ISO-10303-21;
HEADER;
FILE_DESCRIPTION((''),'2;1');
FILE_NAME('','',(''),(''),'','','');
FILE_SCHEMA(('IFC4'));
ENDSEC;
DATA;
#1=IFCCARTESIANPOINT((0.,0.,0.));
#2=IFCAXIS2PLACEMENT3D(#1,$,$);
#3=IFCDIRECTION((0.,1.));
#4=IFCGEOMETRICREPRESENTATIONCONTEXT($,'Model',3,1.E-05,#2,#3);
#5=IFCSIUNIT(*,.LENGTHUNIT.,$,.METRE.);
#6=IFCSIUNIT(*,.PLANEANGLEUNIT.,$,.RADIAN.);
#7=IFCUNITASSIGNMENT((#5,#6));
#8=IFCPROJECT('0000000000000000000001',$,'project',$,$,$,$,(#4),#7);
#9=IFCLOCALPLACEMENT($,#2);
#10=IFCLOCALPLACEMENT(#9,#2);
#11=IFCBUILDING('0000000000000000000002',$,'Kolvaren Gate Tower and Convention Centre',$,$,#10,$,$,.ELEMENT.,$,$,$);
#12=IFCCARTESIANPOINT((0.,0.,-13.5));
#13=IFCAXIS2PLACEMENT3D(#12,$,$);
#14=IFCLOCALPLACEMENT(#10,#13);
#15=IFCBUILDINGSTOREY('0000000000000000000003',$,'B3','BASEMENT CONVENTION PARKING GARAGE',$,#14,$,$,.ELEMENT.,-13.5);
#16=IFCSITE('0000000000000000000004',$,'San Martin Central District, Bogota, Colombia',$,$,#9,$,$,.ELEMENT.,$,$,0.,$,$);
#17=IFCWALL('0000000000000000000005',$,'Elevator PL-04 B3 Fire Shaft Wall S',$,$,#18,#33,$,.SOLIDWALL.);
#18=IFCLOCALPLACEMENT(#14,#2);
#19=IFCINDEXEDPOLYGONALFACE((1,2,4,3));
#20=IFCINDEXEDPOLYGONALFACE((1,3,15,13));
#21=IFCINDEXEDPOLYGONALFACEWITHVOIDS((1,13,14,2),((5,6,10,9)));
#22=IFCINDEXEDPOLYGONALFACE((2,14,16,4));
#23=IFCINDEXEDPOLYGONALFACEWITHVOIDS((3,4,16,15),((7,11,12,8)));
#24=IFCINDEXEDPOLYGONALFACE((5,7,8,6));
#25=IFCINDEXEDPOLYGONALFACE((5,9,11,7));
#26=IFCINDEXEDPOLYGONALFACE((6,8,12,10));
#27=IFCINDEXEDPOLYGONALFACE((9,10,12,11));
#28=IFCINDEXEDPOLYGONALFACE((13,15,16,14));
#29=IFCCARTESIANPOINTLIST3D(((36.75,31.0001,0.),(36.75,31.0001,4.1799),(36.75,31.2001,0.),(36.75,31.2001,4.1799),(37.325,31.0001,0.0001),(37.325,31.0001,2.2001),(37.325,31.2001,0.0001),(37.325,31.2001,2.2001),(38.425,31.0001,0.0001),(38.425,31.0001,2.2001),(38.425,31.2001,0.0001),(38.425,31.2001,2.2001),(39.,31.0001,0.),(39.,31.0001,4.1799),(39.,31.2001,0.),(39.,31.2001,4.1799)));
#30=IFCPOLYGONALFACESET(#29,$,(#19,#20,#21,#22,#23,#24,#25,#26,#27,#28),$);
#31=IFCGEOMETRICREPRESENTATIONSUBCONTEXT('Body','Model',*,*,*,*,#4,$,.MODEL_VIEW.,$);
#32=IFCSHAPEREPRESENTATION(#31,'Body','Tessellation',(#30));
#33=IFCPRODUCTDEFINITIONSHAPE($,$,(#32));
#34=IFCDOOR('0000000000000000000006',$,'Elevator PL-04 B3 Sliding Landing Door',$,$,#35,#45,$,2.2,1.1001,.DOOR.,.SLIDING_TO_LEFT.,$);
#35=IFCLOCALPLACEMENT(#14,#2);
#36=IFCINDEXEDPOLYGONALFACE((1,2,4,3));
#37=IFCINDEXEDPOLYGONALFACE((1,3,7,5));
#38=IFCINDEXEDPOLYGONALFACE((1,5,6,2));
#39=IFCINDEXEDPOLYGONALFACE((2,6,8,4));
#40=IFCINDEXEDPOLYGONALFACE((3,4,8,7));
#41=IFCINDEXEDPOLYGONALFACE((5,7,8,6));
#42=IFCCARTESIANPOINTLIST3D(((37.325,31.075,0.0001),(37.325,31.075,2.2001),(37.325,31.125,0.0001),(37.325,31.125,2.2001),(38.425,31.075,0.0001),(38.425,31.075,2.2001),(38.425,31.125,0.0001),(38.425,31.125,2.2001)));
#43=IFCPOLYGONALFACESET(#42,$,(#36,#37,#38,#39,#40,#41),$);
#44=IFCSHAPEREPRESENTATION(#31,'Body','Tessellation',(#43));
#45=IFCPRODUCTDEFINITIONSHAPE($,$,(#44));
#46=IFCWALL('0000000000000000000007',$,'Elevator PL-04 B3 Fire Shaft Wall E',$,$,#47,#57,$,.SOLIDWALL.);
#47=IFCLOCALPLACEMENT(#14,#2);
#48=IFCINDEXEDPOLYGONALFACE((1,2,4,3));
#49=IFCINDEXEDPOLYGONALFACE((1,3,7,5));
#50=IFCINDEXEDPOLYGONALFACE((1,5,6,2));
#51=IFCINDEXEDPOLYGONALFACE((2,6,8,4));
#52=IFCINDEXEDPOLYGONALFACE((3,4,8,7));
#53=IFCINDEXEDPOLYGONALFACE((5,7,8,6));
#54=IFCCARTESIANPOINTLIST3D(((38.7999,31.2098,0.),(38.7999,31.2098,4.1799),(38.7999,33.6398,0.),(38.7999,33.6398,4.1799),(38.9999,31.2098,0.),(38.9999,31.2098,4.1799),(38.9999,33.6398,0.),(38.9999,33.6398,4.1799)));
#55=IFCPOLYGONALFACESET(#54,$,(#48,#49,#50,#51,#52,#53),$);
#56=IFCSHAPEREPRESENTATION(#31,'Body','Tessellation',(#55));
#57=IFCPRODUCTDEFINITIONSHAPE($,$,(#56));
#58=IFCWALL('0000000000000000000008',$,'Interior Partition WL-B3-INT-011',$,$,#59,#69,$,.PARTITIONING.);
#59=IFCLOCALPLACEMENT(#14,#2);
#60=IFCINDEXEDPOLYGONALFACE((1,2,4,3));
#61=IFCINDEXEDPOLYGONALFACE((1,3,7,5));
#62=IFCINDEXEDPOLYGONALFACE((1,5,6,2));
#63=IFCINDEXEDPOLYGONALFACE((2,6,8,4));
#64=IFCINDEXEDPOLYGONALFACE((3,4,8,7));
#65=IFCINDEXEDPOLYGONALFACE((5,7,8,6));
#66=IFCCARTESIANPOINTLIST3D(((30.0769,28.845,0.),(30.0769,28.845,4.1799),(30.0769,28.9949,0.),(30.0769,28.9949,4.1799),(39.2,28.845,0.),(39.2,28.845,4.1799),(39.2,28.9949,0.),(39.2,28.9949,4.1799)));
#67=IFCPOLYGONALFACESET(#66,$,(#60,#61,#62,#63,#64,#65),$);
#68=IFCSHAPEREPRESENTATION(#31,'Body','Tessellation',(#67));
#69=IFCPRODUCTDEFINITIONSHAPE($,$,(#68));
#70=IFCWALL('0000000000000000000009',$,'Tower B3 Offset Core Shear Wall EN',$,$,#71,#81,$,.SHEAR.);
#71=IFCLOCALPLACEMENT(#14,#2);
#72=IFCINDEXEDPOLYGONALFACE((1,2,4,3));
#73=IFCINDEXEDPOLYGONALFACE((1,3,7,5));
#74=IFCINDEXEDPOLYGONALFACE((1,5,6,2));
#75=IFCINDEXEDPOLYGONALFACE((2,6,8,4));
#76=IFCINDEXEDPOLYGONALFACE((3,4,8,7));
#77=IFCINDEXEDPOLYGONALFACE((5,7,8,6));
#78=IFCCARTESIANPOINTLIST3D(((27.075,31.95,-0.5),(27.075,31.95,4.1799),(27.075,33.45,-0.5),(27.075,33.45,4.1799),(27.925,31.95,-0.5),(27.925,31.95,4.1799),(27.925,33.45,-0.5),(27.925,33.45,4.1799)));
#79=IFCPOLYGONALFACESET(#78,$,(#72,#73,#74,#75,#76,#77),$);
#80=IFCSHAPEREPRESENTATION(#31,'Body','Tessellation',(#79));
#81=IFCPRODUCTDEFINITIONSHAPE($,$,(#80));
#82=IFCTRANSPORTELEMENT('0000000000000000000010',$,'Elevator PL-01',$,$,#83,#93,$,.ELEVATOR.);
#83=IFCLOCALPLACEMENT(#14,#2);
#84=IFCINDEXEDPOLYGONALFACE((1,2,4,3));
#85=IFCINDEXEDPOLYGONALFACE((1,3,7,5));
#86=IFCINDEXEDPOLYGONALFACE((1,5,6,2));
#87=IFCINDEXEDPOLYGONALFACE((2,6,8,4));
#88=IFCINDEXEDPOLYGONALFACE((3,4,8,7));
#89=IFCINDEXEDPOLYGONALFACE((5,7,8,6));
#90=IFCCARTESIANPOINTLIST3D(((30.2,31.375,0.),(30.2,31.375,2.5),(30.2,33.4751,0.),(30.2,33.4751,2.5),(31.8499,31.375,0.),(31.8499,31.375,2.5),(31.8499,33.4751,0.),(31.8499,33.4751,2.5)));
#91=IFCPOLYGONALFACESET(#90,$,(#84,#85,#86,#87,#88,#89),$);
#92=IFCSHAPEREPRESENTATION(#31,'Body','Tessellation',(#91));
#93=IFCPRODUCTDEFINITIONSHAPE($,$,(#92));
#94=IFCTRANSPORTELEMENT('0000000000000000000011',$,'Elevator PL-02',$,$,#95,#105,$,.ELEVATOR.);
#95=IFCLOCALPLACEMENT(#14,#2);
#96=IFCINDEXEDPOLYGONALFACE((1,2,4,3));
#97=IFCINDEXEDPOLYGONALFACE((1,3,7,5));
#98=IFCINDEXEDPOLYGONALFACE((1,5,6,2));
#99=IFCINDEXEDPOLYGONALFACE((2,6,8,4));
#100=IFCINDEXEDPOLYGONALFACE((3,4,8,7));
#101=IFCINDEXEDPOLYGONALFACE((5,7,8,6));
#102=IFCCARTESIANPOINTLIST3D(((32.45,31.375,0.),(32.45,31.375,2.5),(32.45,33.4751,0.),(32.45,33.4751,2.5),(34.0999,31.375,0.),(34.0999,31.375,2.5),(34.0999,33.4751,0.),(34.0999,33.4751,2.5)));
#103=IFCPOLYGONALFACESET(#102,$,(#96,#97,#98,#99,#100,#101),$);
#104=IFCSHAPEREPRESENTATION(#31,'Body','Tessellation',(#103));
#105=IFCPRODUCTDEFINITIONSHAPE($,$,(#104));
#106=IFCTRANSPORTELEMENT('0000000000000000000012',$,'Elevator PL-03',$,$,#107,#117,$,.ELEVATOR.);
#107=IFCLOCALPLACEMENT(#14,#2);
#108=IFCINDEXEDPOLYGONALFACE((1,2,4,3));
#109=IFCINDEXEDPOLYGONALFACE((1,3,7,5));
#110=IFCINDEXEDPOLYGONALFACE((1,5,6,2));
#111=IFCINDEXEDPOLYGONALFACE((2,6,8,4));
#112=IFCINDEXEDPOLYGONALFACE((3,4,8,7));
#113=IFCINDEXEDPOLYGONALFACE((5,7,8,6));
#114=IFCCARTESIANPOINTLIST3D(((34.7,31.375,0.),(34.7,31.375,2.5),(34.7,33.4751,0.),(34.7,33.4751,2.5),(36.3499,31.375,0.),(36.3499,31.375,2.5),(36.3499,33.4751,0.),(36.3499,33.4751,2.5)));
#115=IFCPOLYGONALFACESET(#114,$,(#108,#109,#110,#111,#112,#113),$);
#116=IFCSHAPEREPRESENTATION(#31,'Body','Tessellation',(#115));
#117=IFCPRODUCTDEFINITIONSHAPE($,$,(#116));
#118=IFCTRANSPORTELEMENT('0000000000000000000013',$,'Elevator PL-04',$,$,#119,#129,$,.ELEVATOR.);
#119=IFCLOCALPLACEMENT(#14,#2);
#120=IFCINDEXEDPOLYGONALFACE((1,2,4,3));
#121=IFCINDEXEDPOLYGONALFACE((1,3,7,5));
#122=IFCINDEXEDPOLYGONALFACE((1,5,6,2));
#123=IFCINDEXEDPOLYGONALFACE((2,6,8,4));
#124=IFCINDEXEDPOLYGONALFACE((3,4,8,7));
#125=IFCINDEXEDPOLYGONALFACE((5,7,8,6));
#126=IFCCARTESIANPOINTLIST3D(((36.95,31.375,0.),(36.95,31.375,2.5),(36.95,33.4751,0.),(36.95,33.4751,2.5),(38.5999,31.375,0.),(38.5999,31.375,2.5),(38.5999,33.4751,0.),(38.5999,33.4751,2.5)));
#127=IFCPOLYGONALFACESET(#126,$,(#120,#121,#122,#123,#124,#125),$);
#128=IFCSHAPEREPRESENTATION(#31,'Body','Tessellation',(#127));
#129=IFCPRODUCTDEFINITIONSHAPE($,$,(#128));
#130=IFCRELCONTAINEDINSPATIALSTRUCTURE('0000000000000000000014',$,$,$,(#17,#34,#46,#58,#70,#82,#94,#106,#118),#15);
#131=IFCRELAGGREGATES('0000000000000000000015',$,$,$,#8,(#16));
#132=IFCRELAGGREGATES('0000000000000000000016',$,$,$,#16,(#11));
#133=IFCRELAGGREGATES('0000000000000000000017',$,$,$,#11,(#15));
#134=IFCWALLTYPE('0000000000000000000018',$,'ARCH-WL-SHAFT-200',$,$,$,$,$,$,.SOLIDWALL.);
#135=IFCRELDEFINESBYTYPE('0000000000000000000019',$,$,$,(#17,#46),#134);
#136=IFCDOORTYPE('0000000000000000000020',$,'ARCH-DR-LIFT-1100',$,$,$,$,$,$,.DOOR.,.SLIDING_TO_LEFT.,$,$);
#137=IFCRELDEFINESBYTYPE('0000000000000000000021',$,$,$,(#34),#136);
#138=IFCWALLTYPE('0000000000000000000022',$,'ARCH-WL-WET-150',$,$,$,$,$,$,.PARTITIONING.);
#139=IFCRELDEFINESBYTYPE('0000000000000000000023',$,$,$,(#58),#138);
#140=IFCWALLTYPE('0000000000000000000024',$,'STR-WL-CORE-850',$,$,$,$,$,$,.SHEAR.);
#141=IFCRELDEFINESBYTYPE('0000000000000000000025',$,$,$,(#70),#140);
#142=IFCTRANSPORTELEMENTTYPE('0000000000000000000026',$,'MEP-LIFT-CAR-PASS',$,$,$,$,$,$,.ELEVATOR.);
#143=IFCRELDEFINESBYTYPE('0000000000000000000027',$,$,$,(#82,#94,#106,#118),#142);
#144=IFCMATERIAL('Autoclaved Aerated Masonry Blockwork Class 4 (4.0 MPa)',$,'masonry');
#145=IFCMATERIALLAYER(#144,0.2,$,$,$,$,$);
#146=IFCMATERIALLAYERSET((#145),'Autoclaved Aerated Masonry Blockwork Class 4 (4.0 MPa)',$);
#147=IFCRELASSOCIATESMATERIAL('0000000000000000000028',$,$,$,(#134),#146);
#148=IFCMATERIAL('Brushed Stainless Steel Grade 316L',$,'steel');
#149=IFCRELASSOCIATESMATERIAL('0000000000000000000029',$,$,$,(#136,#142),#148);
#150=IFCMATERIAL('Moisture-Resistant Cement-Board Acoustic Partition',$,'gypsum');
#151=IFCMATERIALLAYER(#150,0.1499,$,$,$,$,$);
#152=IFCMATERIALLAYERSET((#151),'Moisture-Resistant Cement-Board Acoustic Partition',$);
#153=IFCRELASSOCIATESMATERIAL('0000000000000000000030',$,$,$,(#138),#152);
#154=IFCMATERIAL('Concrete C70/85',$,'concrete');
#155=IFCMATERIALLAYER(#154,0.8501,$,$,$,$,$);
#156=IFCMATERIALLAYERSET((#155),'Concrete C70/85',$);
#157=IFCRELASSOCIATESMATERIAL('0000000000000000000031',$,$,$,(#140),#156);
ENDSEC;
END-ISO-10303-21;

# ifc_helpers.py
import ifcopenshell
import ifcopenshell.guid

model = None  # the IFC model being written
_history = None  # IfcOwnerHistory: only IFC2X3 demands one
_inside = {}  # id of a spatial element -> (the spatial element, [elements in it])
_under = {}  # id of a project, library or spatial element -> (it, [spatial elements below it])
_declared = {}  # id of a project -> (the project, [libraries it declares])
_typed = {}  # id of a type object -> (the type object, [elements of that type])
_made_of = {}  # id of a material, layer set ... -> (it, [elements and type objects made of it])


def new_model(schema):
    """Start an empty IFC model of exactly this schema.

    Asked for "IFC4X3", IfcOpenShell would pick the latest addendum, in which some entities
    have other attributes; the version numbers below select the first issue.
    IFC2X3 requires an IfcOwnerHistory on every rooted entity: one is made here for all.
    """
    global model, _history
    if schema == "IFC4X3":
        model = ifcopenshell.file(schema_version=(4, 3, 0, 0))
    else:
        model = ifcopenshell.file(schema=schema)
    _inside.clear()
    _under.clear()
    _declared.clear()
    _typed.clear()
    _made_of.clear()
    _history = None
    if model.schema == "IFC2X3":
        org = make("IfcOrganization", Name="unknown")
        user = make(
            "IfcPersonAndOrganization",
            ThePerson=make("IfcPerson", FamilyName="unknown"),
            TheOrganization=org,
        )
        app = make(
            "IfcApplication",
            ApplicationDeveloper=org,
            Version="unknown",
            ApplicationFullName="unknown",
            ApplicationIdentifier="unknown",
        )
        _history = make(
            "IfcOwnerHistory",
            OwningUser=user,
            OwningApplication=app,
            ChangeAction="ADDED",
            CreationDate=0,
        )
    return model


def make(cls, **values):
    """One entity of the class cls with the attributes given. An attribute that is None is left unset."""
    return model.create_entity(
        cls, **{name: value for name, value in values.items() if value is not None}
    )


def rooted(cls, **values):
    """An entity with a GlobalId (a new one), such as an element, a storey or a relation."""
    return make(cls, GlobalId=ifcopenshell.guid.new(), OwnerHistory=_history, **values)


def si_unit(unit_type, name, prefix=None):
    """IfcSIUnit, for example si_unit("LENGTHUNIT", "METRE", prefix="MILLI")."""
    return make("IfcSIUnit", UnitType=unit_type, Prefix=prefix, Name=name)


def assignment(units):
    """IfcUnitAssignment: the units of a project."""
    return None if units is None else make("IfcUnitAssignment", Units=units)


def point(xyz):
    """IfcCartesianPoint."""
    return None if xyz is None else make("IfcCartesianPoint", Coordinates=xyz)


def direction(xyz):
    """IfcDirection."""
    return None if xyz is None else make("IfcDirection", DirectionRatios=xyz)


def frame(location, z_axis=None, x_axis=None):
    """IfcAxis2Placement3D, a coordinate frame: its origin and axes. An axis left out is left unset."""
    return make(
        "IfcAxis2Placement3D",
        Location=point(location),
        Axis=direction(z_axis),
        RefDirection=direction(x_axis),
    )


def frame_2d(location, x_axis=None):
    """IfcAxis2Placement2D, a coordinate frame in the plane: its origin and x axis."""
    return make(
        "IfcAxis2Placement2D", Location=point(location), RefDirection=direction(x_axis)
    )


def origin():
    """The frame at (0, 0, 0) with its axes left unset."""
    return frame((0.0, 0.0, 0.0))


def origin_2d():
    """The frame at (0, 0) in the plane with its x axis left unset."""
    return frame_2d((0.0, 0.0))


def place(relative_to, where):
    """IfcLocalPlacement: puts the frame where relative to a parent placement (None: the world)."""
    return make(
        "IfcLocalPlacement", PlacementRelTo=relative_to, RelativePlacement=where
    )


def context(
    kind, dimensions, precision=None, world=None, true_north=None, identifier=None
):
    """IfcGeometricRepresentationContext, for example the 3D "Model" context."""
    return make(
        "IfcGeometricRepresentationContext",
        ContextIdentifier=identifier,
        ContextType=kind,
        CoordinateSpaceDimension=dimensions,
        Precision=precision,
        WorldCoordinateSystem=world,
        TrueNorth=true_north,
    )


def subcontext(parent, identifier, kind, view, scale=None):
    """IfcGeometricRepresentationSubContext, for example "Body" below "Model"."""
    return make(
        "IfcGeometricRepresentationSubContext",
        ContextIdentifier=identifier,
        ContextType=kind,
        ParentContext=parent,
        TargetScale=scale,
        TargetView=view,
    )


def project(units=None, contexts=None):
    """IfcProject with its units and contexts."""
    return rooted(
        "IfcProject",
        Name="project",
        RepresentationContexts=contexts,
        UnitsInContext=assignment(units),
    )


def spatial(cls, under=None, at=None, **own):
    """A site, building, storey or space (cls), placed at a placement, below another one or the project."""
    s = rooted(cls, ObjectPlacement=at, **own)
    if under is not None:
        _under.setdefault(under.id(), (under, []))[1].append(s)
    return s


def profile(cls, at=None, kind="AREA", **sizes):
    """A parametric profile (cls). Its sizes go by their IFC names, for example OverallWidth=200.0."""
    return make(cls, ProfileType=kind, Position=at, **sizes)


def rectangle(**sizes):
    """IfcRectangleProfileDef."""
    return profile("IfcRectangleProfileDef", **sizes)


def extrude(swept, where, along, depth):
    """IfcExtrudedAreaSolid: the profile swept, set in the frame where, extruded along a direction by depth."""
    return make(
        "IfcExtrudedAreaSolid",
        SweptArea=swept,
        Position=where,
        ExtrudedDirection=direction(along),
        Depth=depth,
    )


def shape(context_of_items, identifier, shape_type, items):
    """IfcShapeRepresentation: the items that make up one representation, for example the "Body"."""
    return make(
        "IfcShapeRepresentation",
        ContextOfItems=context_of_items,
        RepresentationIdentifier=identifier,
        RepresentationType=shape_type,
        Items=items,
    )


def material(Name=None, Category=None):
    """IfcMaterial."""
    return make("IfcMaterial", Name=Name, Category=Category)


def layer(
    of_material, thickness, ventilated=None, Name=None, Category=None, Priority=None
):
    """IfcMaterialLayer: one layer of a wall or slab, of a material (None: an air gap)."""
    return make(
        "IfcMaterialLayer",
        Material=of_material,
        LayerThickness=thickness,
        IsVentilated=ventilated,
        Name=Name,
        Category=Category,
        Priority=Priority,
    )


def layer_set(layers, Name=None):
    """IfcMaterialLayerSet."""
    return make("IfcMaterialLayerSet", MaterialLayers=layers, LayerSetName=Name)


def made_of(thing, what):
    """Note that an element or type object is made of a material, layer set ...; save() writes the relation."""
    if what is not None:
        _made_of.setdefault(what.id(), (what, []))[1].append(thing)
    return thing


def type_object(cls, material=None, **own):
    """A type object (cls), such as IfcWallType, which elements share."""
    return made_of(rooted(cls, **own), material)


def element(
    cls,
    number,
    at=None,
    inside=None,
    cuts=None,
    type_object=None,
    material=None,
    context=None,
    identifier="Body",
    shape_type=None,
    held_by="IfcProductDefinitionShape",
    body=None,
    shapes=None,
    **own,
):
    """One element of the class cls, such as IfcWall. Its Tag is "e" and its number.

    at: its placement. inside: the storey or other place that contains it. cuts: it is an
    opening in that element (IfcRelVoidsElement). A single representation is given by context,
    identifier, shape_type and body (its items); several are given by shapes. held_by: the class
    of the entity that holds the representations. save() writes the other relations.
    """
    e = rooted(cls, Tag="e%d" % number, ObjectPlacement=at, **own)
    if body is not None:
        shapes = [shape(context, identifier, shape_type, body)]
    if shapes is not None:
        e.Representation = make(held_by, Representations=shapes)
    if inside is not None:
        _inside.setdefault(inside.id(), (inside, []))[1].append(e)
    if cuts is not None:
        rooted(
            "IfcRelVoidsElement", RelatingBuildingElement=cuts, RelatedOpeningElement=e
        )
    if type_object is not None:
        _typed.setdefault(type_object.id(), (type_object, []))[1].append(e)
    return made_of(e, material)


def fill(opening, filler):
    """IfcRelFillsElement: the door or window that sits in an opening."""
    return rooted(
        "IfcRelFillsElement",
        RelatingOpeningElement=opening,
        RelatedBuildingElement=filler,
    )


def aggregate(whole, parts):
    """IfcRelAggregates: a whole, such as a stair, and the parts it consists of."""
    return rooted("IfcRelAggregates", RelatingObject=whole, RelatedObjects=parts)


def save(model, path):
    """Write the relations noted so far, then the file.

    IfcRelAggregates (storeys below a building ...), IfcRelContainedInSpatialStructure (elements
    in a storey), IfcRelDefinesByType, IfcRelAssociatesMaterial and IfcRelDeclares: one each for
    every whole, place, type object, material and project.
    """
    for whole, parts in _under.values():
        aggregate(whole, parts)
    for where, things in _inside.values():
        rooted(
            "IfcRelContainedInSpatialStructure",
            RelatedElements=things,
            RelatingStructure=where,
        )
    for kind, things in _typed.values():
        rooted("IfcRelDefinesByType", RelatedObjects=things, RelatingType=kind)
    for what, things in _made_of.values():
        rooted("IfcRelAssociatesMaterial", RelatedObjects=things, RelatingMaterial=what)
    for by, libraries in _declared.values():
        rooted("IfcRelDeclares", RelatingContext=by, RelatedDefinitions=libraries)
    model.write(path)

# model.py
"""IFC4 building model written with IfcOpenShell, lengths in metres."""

from ifc_helpers import new_model, si_unit, direction, frame, frame_2d, origin, origin_2d, place, context, subcontext, project, spatial, rectangle, extrude, material, layer, layer_set, type_object, element, fill, save


model = new_model("IFC4")

# Units and contexts
model_context = context("Model", 3, precision=1e-05, world=origin(), true_north=direction((0.0, 1.0)))
body_context = subcontext(model_context, "Body", "Model", "MODEL_VIEW")
ifc_project = project(units=[si_unit("LENGTHUNIT", "METRE"), si_unit("PLANEANGLEUNIT", "RADIAN")], contexts=[model_context])

# Site, building, storey
site_placement = place(None, origin())
site = spatial("IfcSite", under=ifc_project, at=site_placement, Name="San Martin Central District, Bogota, Colombia", CompositionType="ELEMENT", RefElevation=0.0)
building_placement = place(site_placement, origin())
building = spatial("IfcBuilding", under=site, at=building_placement, Name="Kolvaren Gate Tower and Convention Centre", CompositionType="ELEMENT")
storey_placement = place(building_placement, frame((0.0, 0.0, -13.5)))
storey = spatial("IfcBuildingStorey", under=building, at=storey_placement, Name="B3", Description="BASEMENT CONVENTION PARKING GARAGE", CompositionType="ELEMENT", Elevation=-13.5)

# Shared definitions
ifc_material_1 = material(Name="Autoclaved Aerated Masonry Blockwork Class 4 (4.0 MPa)", Category="masonry")

# Shared definitions
ifc_layer_1 = layer(ifc_material_1, 0.2)
ifc_layer_set_1 = layer_set([ifc_layer_1], Name="Autoclaved Aerated Masonry Blockwork Class 4 (4.0 MPa)")
wall_type_1 = type_object("IfcWallType", Name="ARCH-WL-SHAFT-200", PredefinedType="SOLIDWALL", material=ifc_layer_set_1)

# Shared definitions
ifc_material_2 = material(Name="Brushed Stainless Steel Grade 316L", Category="steel")
door_type_1 = type_object("IfcDoorType", Name="ARCH-DR-LIFT-1100", OperationType="SLIDING_TO_LEFT", PredefinedType="DOOR", material=ifc_material_2)

# Wall, opening, door
wall_1_placement = place(storey_placement, frame((36.75, 31.1001, 0.0), z_axis=(0.0, 0.0, 1.0), x_axis=(1.0, 0.0, 0.0)))
wall_1 = element("IfcWall", 1, at=wall_1_placement, inside=storey, type_object=wall_type_1, Name="Elevator PL-04 B3 Fire Shaft Wall S", PredefinedType="SOLIDWALL", context=body_context, shape_type="SweptSolid", body=[
    extrude(rectangle(XDim=2.25, YDim=0.2, at=frame_2d((1.125, 0.0))), origin(), (0.0, 0.0, 1.0), 4.1799),
])
opening_1_placement = place(wall_1_placement, frame((0.575, 0.0, 0.0)))
opening_1 = element("IfcOpeningElement", 2, at=opening_1_placement, cuts=wall_1, PredefinedType="OPENING", context=body_context, shape_type="SweptSolid", body=[
    extrude(rectangle(XDim=1.1001, YDim=2.2, at=frame_2d((0.55, 1.1001))), frame((0.0, 0.1099, 0.0), z_axis=(0.0, -1.0, 0.0), x_axis=(1.0, 0.0, 0.0)), (0.0, 0.0, 1.0), 0.22),
])
door_1_placement = place(opening_1_placement, origin())
door_1 = element("IfcDoor", 3, at=door_1_placement, inside=storey, type_object=door_type_1, Name="Elevator PL-04 B3 Sliding Landing Door", OperationType="SLIDING_TO_LEFT", OverallHeight=2.2, OverallWidth=1.1001, PredefinedType="DOOR", context=body_context, shape_type="SweptSolid", body=[
    extrude(rectangle(XDim=1.1001, YDim=2.2, at=frame_2d((0.55, 1.1001))), frame((0.0, 0.0249, 0.0), z_axis=(0.0, -1.0, 0.0), x_axis=(1.0, 0.0, 0.0)), (0.0, 0.0, 1.0), 0.05),
])
fill(opening_1, door_1)

# Walls
wall_2_placement = place(storey_placement, frame((38.8999, 31.21, 0.0), z_axis=(0.0, 0.0, 1.0), x_axis=(0.0, 1.0, 0.0)))
element("IfcWall", 4, at=wall_2_placement, inside=storey, type_object=wall_type_1, Name="Elevator PL-04 B3 Fire Shaft Wall E", PredefinedType="SOLIDWALL", context=body_context, shape_type="SweptSolid", body=[
    extrude(rectangle(XDim=2.4299, YDim=0.2, at=frame_2d((1.2148, 0.0))), origin(), (0.0, 0.0, 1.0), 4.1799),
])
ifc_material_3 = material(Name="Moisture-Resistant Cement-Board Acoustic Partition", Category="gypsum")
ifc_layer_2 = layer(ifc_material_3, 0.1499)
ifc_layer_set_2 = layer_set([ifc_layer_2], Name="Moisture-Resistant Cement-Board Acoustic Partition")
wall_type_2 = type_object("IfcWallType", Name="ARCH-WL-WET-150", PredefinedType="PARTITIONING", material=ifc_layer_set_2)
wall_3_placement = place(storey_placement, frame((30.0769, 28.9199, 0.0), z_axis=(0.0, 0.0, 1.0), x_axis=(1.0, 0.0, 0.0)))
element("IfcWall", 5, at=wall_3_placement, inside=storey, type_object=wall_type_2, Name="Interior Partition WL-B3-INT-011", PredefinedType="PARTITIONING", context=body_context, shape_type="SweptSolid", body=[
    extrude(rectangle(XDim=9.123, YDim=0.1499, at=frame_2d((4.5615, 0.0))), origin(), (0.0, 0.0, 1.0), 4.1799),
])
ifc_material_4 = material(Name="Concrete C70/85", Category="concrete")
ifc_layer_3 = layer(ifc_material_4, 0.8501)
ifc_layer_set_3 = layer_set([ifc_layer_3], Name="Concrete C70/85")
wall_type_3 = type_object("IfcWallType", Name="STR-WL-CORE-850", PredefinedType="SHEAR", material=ifc_layer_set_3)
wall_4_placement = place(storey_placement, frame((27.5, 31.95, -0.5), z_axis=(0.0, 0.0, 1.0), x_axis=(0.0, 1.0, 0.0)))
element("IfcWall", 6, at=wall_4_placement, inside=storey, type_object=wall_type_3, Name="Tower B3 Offset Core Shear Wall EN", PredefinedType="SHEAR", context=body_context, shape_type="SweptSolid", body=[
    extrude(rectangle(XDim=1.5, YDim=0.8501, at=frame_2d((0.75, 0.0))), origin(), (0.0, 0.0, 1.0), 4.6799),
])

# Transport elements
transport_element_type = type_object("IfcTransportElementType", Name="MEP-LIFT-CAR-PASS", PredefinedType="ELEVATOR", material=ifc_material_2)
for number, where, z_axis, x_axis, name in (
    (7, (31.0249, 32.425, 0.0), (0.0, 0.0, 1.0), (1.0, 0.0, 0.0), "Elevator PL-01"),
    (8, (33.2749, 32.425, 0.0), (0.0, 0.0, 1.0), (1.0, 0.0, 0.0), "Elevator PL-02"),
    (9, (35.5249, 32.425, 0.0), (0.0, 0.0, 1.0), (1.0, 0.0, 0.0), "Elevator PL-03"),
    (10, (37.7749, 32.425, 0.0), (0.0, 0.0, 1.0), (1.0, 0.0, 0.0), "Elevator PL-04"),
):
    element("IfcTransportElement", number, at=place(storey_placement, frame(where, z_axis=z_axis, x_axis=x_axis)), inside=storey, type_object=transport_element_type, Name=name, PredefinedType="ELEVATOR", context=body_context, shape_type="SweptSolid", body=[
        extrude(rectangle(XDim=1.6499, YDim=2.1001, at=origin_2d()), origin(), (0.0, 0.0, 1.0), 2.5),
    ])

save(model, "model.ifc")
